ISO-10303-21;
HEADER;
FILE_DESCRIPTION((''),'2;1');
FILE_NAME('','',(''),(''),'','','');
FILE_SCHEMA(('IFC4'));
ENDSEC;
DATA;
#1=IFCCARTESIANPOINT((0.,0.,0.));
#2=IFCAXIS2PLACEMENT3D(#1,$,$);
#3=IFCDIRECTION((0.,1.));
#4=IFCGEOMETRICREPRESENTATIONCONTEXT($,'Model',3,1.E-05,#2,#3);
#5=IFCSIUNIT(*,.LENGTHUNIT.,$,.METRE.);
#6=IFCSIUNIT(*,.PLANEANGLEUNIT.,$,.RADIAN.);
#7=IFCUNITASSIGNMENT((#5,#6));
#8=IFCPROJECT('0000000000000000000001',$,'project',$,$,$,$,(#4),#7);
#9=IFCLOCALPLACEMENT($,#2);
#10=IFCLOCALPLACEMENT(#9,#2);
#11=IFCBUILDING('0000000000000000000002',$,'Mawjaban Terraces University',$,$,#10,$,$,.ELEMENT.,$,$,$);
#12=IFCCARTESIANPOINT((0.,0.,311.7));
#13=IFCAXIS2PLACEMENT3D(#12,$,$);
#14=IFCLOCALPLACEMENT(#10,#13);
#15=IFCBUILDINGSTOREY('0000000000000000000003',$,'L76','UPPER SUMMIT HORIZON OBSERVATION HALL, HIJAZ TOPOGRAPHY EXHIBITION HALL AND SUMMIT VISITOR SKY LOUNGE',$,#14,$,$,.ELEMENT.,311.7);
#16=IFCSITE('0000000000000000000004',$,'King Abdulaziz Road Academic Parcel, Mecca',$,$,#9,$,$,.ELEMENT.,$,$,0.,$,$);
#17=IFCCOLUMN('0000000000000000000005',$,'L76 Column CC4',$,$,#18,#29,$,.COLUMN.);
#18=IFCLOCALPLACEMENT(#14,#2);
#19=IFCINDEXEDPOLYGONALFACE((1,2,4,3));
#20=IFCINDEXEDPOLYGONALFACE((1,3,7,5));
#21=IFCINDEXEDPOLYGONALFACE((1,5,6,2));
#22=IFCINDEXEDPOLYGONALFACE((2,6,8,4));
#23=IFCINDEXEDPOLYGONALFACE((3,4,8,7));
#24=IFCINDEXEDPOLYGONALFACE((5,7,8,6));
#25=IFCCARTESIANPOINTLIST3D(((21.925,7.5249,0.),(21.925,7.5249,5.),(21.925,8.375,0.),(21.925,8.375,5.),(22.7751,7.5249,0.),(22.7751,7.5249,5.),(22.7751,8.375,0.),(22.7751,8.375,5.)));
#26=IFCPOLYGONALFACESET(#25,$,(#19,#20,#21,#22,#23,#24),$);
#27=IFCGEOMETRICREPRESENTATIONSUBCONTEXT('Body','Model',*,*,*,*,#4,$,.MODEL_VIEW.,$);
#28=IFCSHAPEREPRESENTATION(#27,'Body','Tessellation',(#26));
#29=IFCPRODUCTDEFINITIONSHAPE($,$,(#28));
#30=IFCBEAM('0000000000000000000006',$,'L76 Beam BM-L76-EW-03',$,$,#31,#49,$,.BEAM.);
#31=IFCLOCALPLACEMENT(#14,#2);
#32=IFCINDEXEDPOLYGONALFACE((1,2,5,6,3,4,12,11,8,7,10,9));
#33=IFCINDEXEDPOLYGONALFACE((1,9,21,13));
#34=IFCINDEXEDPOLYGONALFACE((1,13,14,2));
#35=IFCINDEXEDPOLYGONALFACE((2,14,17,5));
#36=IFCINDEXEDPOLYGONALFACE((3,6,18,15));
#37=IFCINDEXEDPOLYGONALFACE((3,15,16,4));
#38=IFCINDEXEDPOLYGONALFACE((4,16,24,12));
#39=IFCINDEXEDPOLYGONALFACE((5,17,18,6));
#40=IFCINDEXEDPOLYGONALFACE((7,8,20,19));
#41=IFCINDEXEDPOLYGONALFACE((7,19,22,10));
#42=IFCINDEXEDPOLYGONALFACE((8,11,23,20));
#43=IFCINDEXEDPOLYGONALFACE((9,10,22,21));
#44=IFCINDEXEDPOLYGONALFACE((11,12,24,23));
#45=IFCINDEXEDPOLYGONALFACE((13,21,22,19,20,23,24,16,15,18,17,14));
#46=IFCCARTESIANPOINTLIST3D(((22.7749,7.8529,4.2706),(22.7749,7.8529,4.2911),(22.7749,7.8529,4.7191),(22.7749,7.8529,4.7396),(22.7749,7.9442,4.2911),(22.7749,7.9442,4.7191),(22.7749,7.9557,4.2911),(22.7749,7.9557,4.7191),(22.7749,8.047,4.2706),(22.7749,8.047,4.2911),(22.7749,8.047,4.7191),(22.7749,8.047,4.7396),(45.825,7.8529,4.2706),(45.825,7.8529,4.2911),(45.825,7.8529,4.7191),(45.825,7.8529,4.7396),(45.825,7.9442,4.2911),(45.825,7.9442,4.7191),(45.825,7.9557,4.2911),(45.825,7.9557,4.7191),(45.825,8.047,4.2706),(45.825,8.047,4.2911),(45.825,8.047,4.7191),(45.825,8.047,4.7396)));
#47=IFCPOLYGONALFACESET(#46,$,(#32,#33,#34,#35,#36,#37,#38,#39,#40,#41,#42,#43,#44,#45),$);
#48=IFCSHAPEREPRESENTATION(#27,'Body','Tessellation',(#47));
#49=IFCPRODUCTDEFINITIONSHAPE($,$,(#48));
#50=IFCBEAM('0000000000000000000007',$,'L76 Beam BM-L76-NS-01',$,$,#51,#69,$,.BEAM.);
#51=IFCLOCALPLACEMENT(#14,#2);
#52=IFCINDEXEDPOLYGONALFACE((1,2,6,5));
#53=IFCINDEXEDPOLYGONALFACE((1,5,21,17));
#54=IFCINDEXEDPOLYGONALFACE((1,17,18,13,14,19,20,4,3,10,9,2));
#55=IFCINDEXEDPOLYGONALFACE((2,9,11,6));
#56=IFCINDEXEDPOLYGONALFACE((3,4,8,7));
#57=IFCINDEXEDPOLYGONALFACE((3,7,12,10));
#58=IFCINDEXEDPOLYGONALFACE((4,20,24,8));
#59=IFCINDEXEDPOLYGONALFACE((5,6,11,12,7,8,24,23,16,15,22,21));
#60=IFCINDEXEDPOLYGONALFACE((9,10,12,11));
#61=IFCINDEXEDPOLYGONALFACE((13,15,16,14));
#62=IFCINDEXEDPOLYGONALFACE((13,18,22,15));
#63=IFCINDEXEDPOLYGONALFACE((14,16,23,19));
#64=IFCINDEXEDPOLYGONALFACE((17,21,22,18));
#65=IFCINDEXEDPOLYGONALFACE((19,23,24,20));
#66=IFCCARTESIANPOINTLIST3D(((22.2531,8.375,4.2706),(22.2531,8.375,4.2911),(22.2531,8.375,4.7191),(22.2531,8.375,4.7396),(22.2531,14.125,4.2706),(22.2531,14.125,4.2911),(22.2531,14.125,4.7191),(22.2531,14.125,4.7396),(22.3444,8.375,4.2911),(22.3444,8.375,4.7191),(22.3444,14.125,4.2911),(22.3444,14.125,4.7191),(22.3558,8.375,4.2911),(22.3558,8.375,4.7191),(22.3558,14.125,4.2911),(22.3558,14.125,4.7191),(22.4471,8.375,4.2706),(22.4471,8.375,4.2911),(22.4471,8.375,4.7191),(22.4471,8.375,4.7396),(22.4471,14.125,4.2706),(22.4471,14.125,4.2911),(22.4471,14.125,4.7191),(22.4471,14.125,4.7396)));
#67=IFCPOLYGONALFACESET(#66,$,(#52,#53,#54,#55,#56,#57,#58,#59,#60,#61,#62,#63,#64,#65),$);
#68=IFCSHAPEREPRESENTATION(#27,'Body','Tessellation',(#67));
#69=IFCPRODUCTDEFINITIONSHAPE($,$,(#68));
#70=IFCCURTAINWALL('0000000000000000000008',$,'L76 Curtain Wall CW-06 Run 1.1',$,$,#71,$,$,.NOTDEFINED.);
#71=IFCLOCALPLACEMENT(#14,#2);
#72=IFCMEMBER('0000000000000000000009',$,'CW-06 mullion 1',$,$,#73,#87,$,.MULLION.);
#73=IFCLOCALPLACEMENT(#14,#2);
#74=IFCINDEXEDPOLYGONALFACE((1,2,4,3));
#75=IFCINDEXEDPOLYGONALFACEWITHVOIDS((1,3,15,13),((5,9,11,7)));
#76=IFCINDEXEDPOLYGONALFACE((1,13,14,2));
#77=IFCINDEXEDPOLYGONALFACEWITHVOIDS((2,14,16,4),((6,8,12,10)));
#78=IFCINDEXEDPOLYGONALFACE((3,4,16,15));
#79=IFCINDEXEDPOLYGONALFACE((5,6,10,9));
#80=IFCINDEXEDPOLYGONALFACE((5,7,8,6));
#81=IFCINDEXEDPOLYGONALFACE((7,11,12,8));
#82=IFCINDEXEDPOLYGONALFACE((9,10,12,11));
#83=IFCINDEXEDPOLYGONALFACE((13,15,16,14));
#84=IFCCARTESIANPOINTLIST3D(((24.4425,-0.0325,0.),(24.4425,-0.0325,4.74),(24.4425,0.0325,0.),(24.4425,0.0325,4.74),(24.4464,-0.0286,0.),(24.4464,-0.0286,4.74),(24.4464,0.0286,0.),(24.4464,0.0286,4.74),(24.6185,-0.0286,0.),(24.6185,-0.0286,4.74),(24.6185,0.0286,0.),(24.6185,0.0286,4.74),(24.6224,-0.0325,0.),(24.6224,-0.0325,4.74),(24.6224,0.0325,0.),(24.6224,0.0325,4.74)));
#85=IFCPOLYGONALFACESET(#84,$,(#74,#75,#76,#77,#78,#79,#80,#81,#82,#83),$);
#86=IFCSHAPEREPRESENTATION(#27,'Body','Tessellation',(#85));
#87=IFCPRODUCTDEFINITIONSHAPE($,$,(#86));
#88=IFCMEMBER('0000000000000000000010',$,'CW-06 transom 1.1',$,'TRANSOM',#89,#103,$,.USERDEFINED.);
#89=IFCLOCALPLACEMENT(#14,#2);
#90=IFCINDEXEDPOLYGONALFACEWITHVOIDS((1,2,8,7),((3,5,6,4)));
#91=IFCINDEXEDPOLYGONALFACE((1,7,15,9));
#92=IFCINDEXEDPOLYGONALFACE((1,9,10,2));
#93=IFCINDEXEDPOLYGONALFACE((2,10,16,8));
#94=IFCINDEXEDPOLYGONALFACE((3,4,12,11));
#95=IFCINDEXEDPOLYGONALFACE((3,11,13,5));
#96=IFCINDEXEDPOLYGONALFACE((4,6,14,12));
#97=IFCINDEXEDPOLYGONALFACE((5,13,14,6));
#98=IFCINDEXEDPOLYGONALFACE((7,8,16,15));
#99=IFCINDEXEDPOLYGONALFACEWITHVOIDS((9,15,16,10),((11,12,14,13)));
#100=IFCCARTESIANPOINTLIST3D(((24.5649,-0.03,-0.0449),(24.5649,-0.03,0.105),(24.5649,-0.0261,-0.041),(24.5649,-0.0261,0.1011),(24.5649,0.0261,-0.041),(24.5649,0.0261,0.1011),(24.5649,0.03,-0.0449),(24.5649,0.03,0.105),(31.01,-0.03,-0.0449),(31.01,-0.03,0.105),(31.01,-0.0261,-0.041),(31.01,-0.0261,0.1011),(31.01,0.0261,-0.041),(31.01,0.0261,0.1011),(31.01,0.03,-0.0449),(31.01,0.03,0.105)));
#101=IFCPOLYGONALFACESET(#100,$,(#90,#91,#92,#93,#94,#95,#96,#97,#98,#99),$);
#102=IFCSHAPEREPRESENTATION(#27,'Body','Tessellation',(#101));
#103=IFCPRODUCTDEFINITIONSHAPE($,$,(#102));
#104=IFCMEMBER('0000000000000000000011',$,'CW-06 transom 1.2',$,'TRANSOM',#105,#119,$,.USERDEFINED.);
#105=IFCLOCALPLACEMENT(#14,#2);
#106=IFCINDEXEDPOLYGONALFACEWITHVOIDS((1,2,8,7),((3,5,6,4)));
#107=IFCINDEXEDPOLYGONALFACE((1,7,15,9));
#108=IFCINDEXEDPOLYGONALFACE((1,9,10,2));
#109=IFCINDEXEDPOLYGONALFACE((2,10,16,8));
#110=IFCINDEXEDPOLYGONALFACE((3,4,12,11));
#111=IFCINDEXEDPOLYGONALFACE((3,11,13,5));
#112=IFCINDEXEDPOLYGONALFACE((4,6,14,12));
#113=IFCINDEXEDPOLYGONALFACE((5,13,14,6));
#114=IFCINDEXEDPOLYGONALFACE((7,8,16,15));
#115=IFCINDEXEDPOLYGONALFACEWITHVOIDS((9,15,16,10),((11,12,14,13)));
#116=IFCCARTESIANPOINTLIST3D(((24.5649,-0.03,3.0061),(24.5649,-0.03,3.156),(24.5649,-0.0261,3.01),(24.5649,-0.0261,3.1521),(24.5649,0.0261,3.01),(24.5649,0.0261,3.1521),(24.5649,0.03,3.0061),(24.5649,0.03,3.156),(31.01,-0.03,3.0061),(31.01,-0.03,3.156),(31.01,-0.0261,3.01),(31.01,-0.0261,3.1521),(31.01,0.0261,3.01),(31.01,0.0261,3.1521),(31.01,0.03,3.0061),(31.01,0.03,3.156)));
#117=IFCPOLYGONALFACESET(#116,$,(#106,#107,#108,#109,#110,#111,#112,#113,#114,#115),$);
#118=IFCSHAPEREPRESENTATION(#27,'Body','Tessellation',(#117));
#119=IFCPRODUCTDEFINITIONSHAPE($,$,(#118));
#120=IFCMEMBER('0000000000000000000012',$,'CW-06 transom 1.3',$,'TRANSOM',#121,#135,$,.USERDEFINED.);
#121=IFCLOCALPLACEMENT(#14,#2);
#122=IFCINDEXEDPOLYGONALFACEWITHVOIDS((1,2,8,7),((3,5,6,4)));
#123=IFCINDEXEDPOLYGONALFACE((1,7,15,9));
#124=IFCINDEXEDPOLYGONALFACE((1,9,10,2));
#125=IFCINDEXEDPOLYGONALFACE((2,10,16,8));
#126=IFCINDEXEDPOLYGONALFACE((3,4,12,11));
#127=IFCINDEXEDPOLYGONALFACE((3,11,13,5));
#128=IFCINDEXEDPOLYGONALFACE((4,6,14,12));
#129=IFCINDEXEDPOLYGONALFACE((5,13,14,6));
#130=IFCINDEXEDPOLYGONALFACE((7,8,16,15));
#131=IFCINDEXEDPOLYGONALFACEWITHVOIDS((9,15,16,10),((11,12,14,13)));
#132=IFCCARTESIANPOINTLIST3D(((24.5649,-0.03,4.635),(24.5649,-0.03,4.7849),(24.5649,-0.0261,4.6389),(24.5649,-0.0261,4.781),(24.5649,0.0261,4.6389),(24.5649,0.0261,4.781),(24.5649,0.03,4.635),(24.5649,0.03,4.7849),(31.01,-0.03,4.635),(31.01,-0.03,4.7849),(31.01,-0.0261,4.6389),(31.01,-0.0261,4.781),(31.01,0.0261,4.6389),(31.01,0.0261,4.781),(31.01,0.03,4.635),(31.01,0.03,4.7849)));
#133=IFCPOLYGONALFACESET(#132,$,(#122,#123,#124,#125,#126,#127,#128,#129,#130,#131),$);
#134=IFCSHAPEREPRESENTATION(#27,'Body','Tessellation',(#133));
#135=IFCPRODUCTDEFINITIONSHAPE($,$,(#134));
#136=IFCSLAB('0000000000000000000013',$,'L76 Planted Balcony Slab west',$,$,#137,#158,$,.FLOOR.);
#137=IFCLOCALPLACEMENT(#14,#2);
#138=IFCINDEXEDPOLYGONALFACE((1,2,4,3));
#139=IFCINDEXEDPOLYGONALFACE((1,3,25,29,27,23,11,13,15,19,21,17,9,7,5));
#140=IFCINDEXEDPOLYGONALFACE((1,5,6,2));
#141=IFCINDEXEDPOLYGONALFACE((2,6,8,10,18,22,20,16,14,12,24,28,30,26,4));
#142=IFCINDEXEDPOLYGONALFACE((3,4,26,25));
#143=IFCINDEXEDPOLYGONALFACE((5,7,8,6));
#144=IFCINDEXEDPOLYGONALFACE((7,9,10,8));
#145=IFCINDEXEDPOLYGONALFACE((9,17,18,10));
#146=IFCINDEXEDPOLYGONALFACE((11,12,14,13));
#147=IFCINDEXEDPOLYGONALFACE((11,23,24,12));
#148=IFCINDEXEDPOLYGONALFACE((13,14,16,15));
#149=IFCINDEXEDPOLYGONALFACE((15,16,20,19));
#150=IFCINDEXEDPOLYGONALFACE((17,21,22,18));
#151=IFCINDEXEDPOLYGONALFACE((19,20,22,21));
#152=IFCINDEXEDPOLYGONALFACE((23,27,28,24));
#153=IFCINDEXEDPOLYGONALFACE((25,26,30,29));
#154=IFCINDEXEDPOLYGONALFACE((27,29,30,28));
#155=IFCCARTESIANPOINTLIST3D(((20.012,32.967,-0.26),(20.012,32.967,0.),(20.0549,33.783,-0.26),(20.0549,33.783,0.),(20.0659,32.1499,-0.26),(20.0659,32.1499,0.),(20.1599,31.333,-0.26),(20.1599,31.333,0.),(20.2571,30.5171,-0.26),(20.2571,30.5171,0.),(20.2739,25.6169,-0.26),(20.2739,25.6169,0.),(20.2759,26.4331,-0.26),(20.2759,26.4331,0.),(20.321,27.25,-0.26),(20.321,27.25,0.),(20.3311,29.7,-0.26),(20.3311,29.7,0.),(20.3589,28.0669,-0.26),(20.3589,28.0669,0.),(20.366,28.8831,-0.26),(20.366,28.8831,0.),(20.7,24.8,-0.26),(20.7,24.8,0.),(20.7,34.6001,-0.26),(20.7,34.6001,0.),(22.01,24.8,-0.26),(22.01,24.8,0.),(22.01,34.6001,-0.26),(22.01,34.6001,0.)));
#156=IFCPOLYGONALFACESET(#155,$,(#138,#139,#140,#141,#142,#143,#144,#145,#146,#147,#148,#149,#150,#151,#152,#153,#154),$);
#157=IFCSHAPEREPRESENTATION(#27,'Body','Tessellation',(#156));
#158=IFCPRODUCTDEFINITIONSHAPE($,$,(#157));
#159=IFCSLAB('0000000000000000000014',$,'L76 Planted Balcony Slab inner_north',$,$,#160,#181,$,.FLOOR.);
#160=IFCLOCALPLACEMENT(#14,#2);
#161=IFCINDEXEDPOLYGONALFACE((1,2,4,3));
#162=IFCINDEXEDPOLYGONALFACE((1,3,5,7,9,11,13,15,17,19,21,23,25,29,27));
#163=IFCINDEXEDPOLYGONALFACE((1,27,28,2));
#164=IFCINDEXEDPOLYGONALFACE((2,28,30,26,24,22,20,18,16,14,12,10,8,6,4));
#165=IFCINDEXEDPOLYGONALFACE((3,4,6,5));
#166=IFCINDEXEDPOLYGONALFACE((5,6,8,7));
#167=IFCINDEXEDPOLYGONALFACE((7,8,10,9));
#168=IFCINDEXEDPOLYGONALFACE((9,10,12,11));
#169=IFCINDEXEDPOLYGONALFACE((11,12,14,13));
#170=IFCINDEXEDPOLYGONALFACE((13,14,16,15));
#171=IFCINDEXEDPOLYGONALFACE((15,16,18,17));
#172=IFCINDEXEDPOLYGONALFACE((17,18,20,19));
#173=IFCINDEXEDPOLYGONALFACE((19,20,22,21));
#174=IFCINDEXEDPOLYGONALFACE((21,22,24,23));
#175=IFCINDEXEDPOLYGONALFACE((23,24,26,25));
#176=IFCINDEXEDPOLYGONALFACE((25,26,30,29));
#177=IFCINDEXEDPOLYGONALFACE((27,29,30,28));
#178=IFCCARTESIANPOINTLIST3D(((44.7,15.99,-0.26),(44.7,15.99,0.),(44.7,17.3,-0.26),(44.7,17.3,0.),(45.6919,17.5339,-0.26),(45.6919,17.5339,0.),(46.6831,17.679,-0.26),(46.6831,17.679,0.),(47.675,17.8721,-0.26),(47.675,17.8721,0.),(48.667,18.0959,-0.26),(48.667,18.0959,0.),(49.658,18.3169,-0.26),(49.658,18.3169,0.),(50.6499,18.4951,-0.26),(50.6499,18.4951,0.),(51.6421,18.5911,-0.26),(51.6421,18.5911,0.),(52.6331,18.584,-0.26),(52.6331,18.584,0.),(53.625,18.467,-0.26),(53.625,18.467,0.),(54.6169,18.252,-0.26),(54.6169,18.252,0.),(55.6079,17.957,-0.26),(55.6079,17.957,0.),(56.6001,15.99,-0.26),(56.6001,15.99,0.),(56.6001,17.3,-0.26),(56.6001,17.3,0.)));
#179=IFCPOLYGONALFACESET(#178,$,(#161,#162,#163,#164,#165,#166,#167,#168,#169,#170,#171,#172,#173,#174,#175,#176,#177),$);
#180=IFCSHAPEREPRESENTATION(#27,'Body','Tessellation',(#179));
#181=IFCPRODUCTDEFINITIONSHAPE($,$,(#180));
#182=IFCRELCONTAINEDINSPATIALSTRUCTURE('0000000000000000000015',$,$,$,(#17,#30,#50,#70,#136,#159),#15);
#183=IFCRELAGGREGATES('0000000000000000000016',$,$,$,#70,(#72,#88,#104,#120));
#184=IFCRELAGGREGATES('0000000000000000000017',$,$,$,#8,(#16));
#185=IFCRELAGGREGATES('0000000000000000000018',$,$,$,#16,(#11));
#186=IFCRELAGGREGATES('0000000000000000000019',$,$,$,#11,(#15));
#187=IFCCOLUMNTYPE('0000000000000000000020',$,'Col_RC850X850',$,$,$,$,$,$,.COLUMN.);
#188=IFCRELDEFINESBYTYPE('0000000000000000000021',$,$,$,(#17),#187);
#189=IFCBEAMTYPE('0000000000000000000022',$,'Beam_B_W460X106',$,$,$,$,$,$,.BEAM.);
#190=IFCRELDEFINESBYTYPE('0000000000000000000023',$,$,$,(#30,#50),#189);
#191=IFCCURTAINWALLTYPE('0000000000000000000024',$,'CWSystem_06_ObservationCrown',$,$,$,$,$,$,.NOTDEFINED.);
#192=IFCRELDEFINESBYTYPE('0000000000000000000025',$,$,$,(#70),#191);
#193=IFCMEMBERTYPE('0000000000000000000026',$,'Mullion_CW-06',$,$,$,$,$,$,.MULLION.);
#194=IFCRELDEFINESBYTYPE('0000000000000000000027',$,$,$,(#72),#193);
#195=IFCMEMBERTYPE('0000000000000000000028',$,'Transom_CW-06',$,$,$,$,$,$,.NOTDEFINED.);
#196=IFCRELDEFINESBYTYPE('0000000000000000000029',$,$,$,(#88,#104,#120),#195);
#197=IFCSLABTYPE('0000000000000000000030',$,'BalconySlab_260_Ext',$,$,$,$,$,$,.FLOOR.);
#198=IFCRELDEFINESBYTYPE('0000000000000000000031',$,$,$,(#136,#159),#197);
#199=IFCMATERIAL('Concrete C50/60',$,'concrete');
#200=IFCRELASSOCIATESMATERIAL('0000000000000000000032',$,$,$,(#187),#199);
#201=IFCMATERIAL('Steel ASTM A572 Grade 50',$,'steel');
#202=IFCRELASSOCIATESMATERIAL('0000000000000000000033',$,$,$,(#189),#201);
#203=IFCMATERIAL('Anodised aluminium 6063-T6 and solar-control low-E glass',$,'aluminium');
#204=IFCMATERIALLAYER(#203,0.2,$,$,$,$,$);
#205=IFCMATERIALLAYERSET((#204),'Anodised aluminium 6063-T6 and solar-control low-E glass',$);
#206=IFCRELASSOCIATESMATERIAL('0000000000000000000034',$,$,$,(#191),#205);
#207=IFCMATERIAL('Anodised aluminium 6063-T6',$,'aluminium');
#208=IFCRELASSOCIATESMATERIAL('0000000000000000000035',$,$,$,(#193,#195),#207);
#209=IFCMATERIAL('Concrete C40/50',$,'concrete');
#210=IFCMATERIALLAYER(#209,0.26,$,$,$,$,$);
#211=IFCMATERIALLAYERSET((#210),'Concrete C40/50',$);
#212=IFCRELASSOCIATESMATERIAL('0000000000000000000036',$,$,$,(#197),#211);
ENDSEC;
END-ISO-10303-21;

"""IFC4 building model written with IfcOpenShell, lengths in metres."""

from ifc_helpers import new_model, si_unit, direction, frame, origin, origin_2d, place, context, subcontext, project, spatial, polyline, rectangle, hollow_rectangle, i_section, outline, extrude, material, layer, layer_set, material_profile, profile_set, type_object, element, aggregate, save


model = new_model("IFC4")

# Units and contexts
model_context = context("Model", 3, precision=1e-05, world=origin(), true_north=direction((0.0, 1.0)))
body_context = subcontext(model_context, "Body", "Model", "MODEL_VIEW")
ifc_project = project(units=[si_unit("LENGTHUNIT", "METRE"), si_unit("PLANEANGLEUNIT", "RADIAN")], contexts=[model_context])

# Site, building, storey
site_placement = place(None, origin())
site = spatial("IfcSite", under=ifc_project, at=site_placement, Name="King Abdulaziz Road Academic Parcel, Mecca", CompositionType="ELEMENT", RefElevation=0.0)
building_placement = place(site_placement, origin())
building = spatial("IfcBuilding", under=site, at=building_placement, Name="Mawjaban Terraces University", CompositionType="ELEMENT")
storey_placement = place(building_placement, frame((0.0, 0.0, 311.7)))
storey = spatial("IfcBuildingStorey", under=building, at=storey_placement, Name="L76", Description="UPPER SUMMIT HORIZON OBSERVATION HALL, HIJAZ TOPOGRAPHY EXHIBITION HALL AND SUMMIT VISITOR SKY LOUNGE", CompositionType="ELEMENT", Elevation=311.7)

# Column
ifc_material_1 = material(Name="Concrete C50/60", Category="concrete")
ifc_material_profile_1 = material_profile(ifc_material_1, rectangle(XDim=0.8501, YDim=0.8501, at=origin_2d()), Name="RC850X850")
ifc_profile_set_1 = profile_set([ifc_material_profile_1], Name="Concrete C50/60")
column_type = type_object("IfcColumnType", Name="Col_RC850X850", PredefinedType="COLUMN", material=ifc_profile_set_1)
column_placement = place(storey_placement, frame((22.3501, 7.95, 0.0), z_axis=(0.0, 0.0, 1.0), x_axis=(1.0, 0.0, 0.0)))
element("IfcColumn", 1, at=column_placement, inside=storey, type_object=column_type, Name="L76 Column CC4", PredefinedType="COLUMN", context=body_context, shape_type="SweptSolid", body=[
    extrude(rectangle(XDim=0.8501, YDim=0.8501, at=origin_2d()), origin(), (0.0, 0.0, 1.0), 5.0),
])

# Beams
ifc_material_2 = material(Name="Steel ASTM A572 Grade 50", Category="steel")
ifc_material_profile_2 = material_profile(ifc_material_2, i_section(OverallWidth=0.1941, OverallDepth=0.469, WebThickness=0.0115, FlangeThickness=0.0205, at=origin_2d()), Name="W460X106")
ifc_profile_set_2 = profile_set([ifc_material_profile_2], Name="Steel ASTM A572 Grade 50")
beam_type = type_object("IfcBeamType", Name="Beam_B_W460X106", PredefinedType="BEAM", material=ifc_profile_set_2)
beam_1_placement = place(storey_placement, frame((22.7749, 7.95, 4.5051), z_axis=(1.0, 0.0, 0.0), x_axis=(0.0, 1.0, 0.0)))
element("IfcBeam", 2, at=beam_1_placement, inside=storey, type_object=beam_type, Name="L76 Beam BM-L76-EW-03", PredefinedType="BEAM", context=body_context, shape_type="SweptSolid", body=[
    extrude(i_section(OverallWidth=0.1941, OverallDepth=0.469, WebThickness=0.0115, FlangeThickness=0.0205, at=origin_2d()), origin(), (0.0, 0.0, 1.0), 23.05),
])
beam_2_placement = place(storey_placement, frame((22.3501, 8.375, 4.5051), z_axis=(0.0, 1.0, 0.0), x_axis=(-1.0, 0.0, 0.0)))
element("IfcBeam", 3, at=beam_2_placement, inside=storey, type_object=beam_type, Name="L76 Beam BM-L76-NS-01", PredefinedType="BEAM", context=body_context, shape_type="SweptSolid", body=[
    extrude(i_section(OverallWidth=0.1941, OverallDepth=0.469, WebThickness=0.0115, FlangeThickness=0.0205, at=origin_2d()), origin(), (0.0, 0.0, 1.0), 5.75),
])

# Curtain wall, members
ifc_material_3 = material(Name="Anodised aluminium 6063-T6 and solar-control low-E glass", Category="aluminium")
ifc_layer_1 = layer(ifc_material_3, 0.2)
ifc_layer_set_1 = layer_set([ifc_layer_1], Name="Anodised aluminium 6063-T6 and solar-control low-E glass")
curtain_wall_type = type_object("IfcCurtainWallType", Name="CWSystem_06_ObservationCrown", PredefinedType="NOTDEFINED", material=ifc_layer_set_1)
curtain_wall_placement = place(storey_placement, origin())
curtain_wall = element("IfcCurtainWall", 4, at=curtain_wall_placement, inside=storey, type_object=curtain_wall_type, Name="L76 Curtain Wall CW-06 Run 1.1", PredefinedType="NOTDEFINED")
ifc_material_4 = material(Name="Anodised aluminium 6063-T6", Category="aluminium")
ifc_material_profile_3 = material_profile(ifc_material_4, hollow_rectangle(XDim=0.0649, YDim=0.1799, WallThickness=0.0039, at=origin_2d()), Name="ALU180X65X4")
ifc_profile_set_3 = profile_set([ifc_material_profile_3], Name="Anodised aluminium 6063-T6")
member_type_1 = type_object("IfcMemberType", Name="Mullion_CW-06", PredefinedType="MULLION", material=ifc_profile_set_3)
member_1_placement = place(storey_placement, frame((24.5325, 0.0, 0.0), z_axis=(0.0, 0.0, 1.0), x_axis=(0.0, 1.0, 0.0)))
member_1 = element("IfcMember", 5, at=member_1_placement, type_object=member_type_1, Name="CW-06 mullion 1", PredefinedType="MULLION", context=body_context, shape_type="SweptSolid", body=[
    extrude(hollow_rectangle(XDim=0.0649, YDim=0.1799, WallThickness=0.0039, at=origin_2d()), origin(), (0.0, 0.0, 1.0), 4.74),
])
ifc_material_profile_4 = material_profile(ifc_material_4, hollow_rectangle(XDim=0.0601, YDim=0.1499, WallThickness=0.0039, at=origin_2d()), Name="ALU150X60X4")
ifc_profile_set_4 = profile_set([ifc_material_profile_4], Name="Anodised aluminium 6063-T6")
member_type_2 = type_object("IfcMemberType", Name="Transom_CW-06", PredefinedType="NOTDEFINED", material=ifc_profile_set_4)
member_2_placement = place(storey_placement, frame((24.5649, 0.0, 0.03), z_axis=(1.0, 0.0, 0.0), x_axis=(0.0, 1.0, 0.0)))
member_2 = element("IfcMember", 6, at=member_2_placement, type_object=member_type_2, Name="CW-06 transom 1.1", ObjectType="TRANSOM", PredefinedType="USERDEFINED", context=body_context, shape_type="SweptSolid", body=[
    extrude(hollow_rectangle(XDim=0.0601, YDim=0.1499, WallThickness=0.0039, at=origin_2d()), origin(), (0.0, 0.0, 1.0), 6.4451),
])
member_3_placement = place(storey_placement, frame((24.5649, 0.0, 3.0811), z_axis=(1.0, 0.0, 0.0), x_axis=(0.0, 1.0, 0.0)))
member_3 = element("IfcMember", 7, at=member_3_placement, type_object=member_type_2, Name="CW-06 transom 1.2", ObjectType="TRANSOM", PredefinedType="USERDEFINED", context=body_context, shape_type="SweptSolid", body=[
    extrude(hollow_rectangle(XDim=0.0601, YDim=0.1499, WallThickness=0.0039, at=origin_2d()), origin(), (0.0, 0.0, 1.0), 6.4451),
])
member_4_placement = place(storey_placement, frame((24.5649, 0.0, 4.71), z_axis=(1.0, 0.0, 0.0), x_axis=(0.0, 1.0, 0.0)))
member_4 = element("IfcMember", 8, at=member_4_placement, type_object=member_type_2, Name="CW-06 transom 1.3", ObjectType="TRANSOM", PredefinedType="USERDEFINED", context=body_context, shape_type="SweptSolid", body=[
    extrude(hollow_rectangle(XDim=0.0601, YDim=0.1499, WallThickness=0.0039, at=origin_2d()), origin(), (0.0, 0.0, 1.0), 6.4451),
])
aggregate(curtain_wall, [member_1, member_2, member_3, member_4])

# Slabs
ifc_material_5 = material(Name="Concrete C40/50", Category="concrete")
ifc_layer_2 = layer(ifc_material_5, 0.26)
ifc_layer_set_2 = layer_set([ifc_layer_2], Name="Concrete C40/50")
slab_type_1 = type_object("IfcSlabType", Name="BalconySlab_260_Ext", PredefinedType="FLOOR", material=ifc_layer_set_2)
slab_1_placement = place(storey_placement, frame((0.0, 0.0, -0.26)))
element("IfcSlab", 9, at=slab_1_placement, inside=storey, type_object=slab_type_1, Name="L76 Planted Balcony Slab west", PredefinedType="FLOOR", context=body_context, shape_type="SweptSolid", body=[
    extrude(outline(polyline([(22.01, 24.8), (22.01, 34.6001), (20.7, 34.6001), (20.0549, 33.783), (20.012, 32.967), (20.0659, 32.1499), (20.1599, 31.333), (20.2571, 30.5171), (20.3311, 29.7), (20.366, 28.8831), (20.3589, 28.0669), (20.321, 27.25), (20.2759, 26.4331), (20.2739, 25.6169), (20.7, 24.8), (22.01, 24.8)])), origin(), (0.0, 0.0, 1.0), 0.26),
])
slab_2_placement = place(storey_placement, frame((0.0, 0.0, -0.26)))
element("IfcSlab", 10, at=slab_2_placement, inside=storey, type_object=slab_type_1, Name="L76 Planted Balcony Slab inner_north", PredefinedType="FLOOR", context=body_context, shape_type="SweptSolid", body=[
    extrude(outline(polyline([(44.7, 15.99), (56.6001, 15.99), (56.6001, 17.3), (55.6079, 17.957), (54.6169, 18.252), (53.625, 18.467), (52.6331, 18.584), (51.6421, 18.5911), (50.6499, 18.4951), (49.658, 18.3169), (48.667, 18.0959), (47.675, 17.8721), (46.6831, 17.679), (45.6919, 17.5339), (44.7, 17.3), (44.7, 15.99)])), origin(), (0.0, 0.0, 1.0), 0.26),
])

save(model, "model.ifc")
